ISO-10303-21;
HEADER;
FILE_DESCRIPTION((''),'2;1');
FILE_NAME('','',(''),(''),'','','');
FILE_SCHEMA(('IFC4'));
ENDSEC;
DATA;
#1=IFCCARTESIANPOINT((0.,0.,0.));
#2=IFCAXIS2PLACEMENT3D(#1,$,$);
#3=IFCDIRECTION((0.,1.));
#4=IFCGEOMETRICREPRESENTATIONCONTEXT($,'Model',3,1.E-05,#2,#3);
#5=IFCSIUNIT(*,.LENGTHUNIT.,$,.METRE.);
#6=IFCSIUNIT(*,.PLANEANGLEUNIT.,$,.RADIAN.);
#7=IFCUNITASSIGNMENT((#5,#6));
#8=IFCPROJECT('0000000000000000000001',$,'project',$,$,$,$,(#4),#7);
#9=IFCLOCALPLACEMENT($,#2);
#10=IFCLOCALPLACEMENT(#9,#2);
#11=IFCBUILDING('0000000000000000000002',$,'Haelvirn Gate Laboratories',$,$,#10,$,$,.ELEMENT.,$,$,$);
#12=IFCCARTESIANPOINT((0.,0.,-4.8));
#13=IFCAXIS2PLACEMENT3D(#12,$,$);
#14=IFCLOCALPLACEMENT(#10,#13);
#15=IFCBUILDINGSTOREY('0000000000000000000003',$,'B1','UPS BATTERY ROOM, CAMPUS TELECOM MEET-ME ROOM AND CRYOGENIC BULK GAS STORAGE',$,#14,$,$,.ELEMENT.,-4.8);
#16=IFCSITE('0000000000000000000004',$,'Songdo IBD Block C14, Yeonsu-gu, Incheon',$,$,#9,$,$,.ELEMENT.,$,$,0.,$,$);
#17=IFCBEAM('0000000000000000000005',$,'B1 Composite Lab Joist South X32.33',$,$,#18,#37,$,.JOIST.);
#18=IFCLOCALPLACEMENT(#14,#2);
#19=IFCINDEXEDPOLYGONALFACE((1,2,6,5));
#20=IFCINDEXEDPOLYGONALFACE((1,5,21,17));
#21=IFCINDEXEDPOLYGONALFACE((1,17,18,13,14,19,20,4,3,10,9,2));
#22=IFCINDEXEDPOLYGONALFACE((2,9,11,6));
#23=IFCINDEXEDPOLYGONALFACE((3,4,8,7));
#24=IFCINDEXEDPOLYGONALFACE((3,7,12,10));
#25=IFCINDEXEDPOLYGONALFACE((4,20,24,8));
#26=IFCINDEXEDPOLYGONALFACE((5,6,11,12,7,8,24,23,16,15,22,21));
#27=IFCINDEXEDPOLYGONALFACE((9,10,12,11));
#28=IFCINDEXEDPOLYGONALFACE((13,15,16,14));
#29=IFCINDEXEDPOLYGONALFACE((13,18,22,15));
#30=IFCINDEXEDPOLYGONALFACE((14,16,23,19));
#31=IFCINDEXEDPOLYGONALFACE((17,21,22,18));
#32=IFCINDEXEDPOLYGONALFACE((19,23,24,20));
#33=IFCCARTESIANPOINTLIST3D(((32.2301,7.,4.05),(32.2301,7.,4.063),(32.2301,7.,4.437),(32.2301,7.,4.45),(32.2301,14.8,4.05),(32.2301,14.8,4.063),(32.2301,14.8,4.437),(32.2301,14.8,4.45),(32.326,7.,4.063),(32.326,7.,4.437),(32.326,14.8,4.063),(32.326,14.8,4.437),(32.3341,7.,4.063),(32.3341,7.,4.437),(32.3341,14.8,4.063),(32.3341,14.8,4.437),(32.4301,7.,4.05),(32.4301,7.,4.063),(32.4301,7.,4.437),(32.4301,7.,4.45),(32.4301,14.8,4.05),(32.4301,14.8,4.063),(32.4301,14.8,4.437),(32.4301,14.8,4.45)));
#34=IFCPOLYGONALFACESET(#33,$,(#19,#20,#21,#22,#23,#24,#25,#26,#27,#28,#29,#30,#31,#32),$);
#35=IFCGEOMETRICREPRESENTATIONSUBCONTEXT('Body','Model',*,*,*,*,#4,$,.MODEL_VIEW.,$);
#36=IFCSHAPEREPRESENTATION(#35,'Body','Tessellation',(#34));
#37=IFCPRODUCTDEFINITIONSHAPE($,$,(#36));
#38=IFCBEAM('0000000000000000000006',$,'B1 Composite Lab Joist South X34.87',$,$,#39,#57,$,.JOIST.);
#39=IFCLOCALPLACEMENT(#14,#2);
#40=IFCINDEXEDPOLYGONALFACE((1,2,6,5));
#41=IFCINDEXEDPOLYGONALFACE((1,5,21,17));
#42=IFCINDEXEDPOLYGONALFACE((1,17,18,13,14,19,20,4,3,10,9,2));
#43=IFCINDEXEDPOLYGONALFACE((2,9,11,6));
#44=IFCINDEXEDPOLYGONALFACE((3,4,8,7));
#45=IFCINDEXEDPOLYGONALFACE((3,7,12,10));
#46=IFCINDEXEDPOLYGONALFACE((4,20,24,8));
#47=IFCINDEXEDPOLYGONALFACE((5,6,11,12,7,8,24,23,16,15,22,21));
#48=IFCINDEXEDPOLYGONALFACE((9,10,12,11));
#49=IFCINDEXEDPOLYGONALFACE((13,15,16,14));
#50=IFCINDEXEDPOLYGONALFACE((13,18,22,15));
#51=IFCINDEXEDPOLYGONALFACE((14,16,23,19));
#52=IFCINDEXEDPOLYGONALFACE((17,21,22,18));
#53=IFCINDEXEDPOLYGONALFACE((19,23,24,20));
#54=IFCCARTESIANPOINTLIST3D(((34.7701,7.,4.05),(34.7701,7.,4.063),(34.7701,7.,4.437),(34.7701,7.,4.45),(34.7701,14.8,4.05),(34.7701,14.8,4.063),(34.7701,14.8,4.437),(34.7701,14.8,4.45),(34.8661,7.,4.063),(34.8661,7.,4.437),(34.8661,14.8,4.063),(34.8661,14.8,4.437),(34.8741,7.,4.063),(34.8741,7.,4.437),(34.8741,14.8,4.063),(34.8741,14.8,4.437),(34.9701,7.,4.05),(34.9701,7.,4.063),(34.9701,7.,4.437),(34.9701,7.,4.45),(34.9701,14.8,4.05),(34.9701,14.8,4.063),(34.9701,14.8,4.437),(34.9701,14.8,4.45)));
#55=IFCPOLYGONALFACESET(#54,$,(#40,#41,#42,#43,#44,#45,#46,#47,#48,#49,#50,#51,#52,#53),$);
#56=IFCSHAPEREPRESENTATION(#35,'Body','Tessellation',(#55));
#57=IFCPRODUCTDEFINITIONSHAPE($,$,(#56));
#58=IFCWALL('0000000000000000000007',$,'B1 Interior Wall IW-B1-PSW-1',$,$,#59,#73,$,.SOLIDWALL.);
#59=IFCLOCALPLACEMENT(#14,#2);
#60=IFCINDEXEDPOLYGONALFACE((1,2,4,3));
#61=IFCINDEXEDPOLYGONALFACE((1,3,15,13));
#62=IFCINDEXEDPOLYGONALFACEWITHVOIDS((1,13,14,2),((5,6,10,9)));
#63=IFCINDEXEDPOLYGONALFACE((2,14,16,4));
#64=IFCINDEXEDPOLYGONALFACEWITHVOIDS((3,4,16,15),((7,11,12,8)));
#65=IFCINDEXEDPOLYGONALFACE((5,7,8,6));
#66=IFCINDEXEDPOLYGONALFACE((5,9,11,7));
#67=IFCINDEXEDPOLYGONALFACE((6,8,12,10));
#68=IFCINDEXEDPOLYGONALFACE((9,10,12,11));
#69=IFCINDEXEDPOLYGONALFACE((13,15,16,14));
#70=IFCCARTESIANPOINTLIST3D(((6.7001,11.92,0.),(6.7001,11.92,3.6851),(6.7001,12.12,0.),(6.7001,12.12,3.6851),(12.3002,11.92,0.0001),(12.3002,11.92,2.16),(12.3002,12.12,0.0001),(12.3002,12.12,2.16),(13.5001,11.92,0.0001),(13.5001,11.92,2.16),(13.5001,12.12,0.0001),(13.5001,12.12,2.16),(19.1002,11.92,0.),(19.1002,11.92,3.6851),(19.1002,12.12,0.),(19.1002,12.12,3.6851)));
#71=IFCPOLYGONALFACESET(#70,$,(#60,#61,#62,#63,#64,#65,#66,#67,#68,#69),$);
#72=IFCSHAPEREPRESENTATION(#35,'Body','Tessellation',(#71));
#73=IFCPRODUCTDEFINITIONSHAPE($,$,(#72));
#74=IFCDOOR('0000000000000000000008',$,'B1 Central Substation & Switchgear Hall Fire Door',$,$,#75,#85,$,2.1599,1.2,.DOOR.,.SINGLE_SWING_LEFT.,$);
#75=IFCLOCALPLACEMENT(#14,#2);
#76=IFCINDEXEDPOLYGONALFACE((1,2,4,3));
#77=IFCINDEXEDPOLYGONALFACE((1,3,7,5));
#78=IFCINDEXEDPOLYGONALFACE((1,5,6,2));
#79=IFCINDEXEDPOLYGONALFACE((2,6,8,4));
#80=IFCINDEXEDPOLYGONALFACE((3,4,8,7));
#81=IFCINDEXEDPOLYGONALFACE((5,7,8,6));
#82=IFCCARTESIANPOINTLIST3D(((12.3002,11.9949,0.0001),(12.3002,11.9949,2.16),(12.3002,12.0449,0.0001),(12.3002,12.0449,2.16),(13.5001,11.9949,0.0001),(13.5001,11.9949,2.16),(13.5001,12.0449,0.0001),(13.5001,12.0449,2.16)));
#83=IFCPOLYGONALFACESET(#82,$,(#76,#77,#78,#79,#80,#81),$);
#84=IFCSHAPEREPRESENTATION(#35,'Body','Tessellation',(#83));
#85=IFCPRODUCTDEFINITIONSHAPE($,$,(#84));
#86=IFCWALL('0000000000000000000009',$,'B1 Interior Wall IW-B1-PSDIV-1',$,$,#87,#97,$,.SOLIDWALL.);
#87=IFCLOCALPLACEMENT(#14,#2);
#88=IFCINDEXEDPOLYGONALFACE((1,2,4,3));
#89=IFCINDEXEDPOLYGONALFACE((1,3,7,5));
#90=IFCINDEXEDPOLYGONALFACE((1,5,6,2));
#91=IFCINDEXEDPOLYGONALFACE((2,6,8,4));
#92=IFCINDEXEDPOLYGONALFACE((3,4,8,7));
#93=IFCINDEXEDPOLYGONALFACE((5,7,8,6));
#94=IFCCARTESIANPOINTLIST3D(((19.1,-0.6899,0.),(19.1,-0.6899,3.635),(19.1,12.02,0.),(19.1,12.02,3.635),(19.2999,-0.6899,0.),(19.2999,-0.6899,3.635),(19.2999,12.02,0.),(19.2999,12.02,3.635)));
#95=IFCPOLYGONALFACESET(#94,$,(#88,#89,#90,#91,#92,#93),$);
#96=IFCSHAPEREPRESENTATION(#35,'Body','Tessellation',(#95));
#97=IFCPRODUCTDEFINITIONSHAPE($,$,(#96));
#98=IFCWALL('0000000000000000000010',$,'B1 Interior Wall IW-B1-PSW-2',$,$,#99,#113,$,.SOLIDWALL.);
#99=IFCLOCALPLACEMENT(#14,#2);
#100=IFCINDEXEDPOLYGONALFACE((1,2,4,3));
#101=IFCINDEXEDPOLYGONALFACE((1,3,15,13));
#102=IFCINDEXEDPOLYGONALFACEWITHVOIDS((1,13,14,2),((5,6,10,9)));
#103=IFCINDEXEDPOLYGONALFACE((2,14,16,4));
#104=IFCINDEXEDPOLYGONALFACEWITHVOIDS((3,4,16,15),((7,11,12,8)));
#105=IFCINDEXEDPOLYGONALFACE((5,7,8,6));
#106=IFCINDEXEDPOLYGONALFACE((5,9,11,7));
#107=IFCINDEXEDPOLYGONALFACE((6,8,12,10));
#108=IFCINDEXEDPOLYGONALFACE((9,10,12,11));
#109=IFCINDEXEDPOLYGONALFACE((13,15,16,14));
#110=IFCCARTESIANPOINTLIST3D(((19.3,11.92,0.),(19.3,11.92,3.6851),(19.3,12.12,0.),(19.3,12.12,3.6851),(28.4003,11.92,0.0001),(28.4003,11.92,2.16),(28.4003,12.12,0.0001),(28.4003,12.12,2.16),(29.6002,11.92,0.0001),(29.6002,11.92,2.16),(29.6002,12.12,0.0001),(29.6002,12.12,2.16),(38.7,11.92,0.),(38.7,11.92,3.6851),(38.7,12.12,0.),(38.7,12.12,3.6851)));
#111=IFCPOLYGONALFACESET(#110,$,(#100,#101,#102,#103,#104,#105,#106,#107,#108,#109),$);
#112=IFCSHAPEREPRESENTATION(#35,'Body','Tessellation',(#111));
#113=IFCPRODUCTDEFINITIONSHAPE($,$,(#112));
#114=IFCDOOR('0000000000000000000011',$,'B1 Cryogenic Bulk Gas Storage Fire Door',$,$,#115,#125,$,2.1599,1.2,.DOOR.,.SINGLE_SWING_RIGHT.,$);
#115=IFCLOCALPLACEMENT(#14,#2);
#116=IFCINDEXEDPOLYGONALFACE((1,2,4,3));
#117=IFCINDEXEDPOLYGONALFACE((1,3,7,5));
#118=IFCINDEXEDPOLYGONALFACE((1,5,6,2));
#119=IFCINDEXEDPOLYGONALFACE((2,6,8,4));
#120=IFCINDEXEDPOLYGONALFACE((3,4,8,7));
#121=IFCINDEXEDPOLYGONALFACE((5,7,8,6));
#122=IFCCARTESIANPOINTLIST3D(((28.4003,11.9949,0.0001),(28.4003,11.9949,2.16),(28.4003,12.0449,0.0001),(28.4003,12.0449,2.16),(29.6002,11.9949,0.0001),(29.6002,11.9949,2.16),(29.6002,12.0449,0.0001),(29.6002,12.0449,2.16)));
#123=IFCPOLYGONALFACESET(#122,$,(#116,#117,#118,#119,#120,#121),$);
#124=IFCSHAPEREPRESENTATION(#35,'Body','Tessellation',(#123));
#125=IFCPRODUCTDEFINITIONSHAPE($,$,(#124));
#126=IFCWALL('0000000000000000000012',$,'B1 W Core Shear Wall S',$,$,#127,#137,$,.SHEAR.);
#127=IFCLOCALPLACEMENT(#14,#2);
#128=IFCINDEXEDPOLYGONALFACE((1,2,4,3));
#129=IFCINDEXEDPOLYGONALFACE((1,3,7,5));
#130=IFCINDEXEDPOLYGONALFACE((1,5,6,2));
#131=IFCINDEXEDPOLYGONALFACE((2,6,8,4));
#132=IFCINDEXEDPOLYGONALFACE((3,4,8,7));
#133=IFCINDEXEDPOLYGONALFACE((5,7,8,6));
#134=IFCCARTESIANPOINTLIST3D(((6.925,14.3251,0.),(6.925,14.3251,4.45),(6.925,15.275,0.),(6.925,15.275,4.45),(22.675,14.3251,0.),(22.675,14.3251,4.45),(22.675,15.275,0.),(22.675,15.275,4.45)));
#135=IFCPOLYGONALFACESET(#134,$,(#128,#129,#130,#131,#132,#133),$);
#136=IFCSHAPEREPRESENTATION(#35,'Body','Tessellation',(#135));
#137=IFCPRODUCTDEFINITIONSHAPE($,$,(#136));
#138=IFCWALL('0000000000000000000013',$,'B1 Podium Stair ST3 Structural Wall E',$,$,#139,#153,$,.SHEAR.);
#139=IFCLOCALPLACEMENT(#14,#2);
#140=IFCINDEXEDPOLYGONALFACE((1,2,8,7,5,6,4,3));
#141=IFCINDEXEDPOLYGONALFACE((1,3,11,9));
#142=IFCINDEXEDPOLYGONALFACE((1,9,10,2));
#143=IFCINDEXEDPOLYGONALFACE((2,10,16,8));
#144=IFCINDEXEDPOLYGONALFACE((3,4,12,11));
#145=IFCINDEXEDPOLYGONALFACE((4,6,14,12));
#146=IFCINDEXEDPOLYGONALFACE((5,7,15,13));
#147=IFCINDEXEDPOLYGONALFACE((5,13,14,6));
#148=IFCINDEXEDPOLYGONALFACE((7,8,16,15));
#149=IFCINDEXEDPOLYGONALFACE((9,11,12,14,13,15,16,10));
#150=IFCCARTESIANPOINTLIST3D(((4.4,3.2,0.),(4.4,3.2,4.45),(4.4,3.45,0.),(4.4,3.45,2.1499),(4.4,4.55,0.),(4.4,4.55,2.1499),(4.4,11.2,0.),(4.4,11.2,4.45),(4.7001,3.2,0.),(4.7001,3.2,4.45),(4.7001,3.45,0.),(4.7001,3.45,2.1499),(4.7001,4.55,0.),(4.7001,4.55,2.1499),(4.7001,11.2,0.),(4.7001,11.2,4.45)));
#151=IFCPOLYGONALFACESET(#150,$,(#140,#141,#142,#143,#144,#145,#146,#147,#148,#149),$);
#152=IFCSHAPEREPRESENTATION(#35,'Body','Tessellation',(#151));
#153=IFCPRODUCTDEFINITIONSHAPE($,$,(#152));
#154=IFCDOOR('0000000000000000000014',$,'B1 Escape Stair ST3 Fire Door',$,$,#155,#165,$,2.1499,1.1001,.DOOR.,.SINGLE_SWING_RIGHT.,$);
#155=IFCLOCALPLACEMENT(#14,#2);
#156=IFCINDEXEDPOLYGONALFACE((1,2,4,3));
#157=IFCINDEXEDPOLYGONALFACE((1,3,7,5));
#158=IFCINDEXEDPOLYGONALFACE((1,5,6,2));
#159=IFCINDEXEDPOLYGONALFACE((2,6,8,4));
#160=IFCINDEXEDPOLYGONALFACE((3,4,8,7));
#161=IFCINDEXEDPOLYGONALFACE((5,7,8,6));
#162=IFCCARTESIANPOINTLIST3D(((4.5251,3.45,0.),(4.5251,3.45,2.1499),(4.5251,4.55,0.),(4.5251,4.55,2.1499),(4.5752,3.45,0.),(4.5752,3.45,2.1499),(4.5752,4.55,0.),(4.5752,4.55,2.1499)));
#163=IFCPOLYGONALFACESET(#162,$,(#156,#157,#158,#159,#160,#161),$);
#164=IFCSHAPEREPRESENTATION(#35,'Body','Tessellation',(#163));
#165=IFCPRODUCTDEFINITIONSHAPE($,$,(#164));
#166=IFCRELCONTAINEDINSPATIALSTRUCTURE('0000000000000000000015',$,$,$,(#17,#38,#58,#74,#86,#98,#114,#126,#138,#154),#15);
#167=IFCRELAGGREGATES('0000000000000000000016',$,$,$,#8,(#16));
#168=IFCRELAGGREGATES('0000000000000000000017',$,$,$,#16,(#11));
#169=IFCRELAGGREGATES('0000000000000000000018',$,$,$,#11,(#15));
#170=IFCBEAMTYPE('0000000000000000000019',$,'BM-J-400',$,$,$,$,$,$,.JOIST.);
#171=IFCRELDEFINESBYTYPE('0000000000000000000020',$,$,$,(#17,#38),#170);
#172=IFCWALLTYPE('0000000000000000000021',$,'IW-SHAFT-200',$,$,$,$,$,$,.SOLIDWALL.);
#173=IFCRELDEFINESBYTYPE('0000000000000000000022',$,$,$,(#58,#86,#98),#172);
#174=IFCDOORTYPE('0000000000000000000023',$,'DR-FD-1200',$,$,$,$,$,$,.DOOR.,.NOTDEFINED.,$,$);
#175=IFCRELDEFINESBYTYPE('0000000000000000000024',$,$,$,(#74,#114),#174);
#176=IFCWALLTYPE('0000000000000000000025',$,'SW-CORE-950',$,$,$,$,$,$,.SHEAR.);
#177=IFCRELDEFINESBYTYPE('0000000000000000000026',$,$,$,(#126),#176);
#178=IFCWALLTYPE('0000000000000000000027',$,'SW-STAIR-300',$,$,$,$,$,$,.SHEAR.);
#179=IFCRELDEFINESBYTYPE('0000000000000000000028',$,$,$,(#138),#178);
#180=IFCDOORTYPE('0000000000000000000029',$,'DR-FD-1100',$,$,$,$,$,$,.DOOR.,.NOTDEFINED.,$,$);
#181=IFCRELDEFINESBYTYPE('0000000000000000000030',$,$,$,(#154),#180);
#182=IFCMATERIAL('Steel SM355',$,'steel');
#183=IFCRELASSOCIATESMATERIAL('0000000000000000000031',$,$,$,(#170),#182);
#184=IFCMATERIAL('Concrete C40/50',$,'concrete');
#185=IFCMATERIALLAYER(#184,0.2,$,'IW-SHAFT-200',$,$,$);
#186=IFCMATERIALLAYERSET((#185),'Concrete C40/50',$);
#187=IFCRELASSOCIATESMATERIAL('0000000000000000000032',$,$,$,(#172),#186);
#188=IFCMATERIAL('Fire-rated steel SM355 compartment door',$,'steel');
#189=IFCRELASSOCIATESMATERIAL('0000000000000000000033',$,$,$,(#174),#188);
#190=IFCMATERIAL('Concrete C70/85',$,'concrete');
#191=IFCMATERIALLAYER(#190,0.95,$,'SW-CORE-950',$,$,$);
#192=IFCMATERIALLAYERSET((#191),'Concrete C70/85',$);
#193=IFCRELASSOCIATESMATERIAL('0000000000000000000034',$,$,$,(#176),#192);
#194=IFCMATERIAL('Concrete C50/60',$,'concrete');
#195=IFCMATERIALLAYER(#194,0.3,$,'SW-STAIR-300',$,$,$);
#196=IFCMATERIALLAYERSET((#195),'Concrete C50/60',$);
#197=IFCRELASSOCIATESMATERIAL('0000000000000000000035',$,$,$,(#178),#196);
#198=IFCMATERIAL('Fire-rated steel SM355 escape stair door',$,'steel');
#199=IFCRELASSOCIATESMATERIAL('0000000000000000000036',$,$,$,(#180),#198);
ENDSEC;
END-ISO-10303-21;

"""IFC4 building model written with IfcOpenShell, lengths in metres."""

from ifc_helpers import new_model, si_unit, direction, frame, frame_2d, origin, origin_2d, place, context, subcontext, project, spatial, rectangle, i_section, extrude, source, transform, mapped, material, layer, layer_set, material_profile, profile_set, type_object, type_shapes, element, fill, save


model = new_model("IFC4")

# Units and contexts
model_context = context("Model", 3, precision=1e-05, world=origin(), true_north=direction((0.0, 1.0)))
body_context = subcontext(model_context, "Body", "Model", "MODEL_VIEW")
ifc_project = project(units=[si_unit("LENGTHUNIT", "METRE"), si_unit("PLANEANGLEUNIT", "RADIAN")], contexts=[model_context])

# Site, building, storey
site_placement = place(None, origin())
site = spatial("IfcSite", under=ifc_project, at=site_placement, Name="Songdo IBD Block C14, Yeonsu-gu, Incheon", CompositionType="ELEMENT", RefElevation=0.0)
building_placement = place(site_placement, origin())
building = spatial("IfcBuilding", under=site, at=building_placement, Name="Haelvirn Gate Laboratories", CompositionType="ELEMENT")
storey_placement = place(building_placement, frame((0.0, 0.0, -4.8)))
storey = spatial("IfcBuildingStorey", under=building, at=storey_placement, Name="B1", Description="UPS BATTERY ROOM, CAMPUS TELECOM MEET-ME ROOM AND CRYOGENIC BULK GAS STORAGE", CompositionType="ELEMENT", Elevation=-4.8)

# Shared definitions
ifc_material_1 = material(Name="Concrete C70/85", Category="concrete")

# Beams
ifc_material_2 = material(Name="Steel SM355", Category="steel")
ifc_material_profile_1 = material_profile(ifc_material_2, i_section(OverallWidth=0.2, OverallDepth=0.3999, WebThickness=0.0081, FlangeThickness=0.0129, at=origin_2d()), Name="H-400x200x8x13")
ifc_profile_set_1 = profile_set([ifc_material_profile_1], Name="Steel SM355")
beam_type_1 = type_object("IfcBeamType", Name="BM-J-400", PredefinedType="JOIST", material=ifc_profile_set_1)
shared_shape_1 = source(origin(), body_context, "Body", "SweptSolid", [
    extrude(i_section(OverallWidth=0.2, OverallDepth=0.3999, WebThickness=0.0081, FlangeThickness=0.0129, at=origin_2d()), origin(), (0.0, 0.0, 1.0), 7.8),
])
type_shapes(beam_type_1, [shared_shape_1])
for number, where, z_axis, x_axis, name in (
    (1, (32.3301, 7.0, 4.25), (0.0, 1.0, 0.0), (-1.0, 0.0, 0.0), "B1 Composite Lab Joist South X32.33"),
    (2, (34.8701, 7.0, 4.25), (0.0, 1.0, 0.0), (-1.0, 0.0, 0.0), "B1 Composite Lab Joist South X34.87"),
):
    element("IfcBeam", number, at=place(storey_placement, frame(where, z_axis=z_axis, x_axis=x_axis)), inside=storey, type_object=beam_type_1, Name=name, PredefinedType="JOIST", context=body_context, shape_type="MappedRepresentation", body=[
        mapped(shared_shape_1, transform((0.0, 0.0, 0.0), scale=1.0)),
    ])

# Wall, opening, door
ifc_material_3 = material(Name="Concrete C40/50", Category="concrete")
ifc_layer_1 = layer(ifc_material_3, 0.2, Name="IW-SHAFT-200")
ifc_layer_set_1 = layer_set([ifc_layer_1], Name="Concrete C40/50")
wall_type_1 = type_object("IfcWallType", Name="IW-SHAFT-200", PredefinedType="SOLIDWALL", material=ifc_layer_set_1)
wall_1_placement = place(storey_placement, frame((6.7, 12.02, 0.0), z_axis=(0.0, 0.0, 1.0), x_axis=(1.0, 0.0, 0.0)))
wall_1 = element("IfcWall", 3, at=wall_1_placement, inside=storey, type_object=wall_type_1, Name="B1 Interior Wall IW-B1-PSW-1", PredefinedType="SOLIDWALL", context=body_context, shape_type="SweptSolid", body=[
    extrude(rectangle(XDim=12.4001, YDim=0.2, at=frame_2d((6.2002, 0.0))), origin(), (0.0, 0.0, 1.0), 3.6851),
])
opening_1_placement = place(wall_1_placement, frame((5.6001, 0.0, 0.0)))
opening_1 = element("IfcOpeningElement", 4, at=opening_1_placement, cuts=wall_1, PredefinedType="OPENING", context=body_context, shape_type="SweptSolid", body=[
    extrude(rectangle(XDim=1.2, YDim=2.1599, at=frame_2d((0.6001, 1.0801))), frame((0.0, 0.1099, 0.0), z_axis=(0.0, -1.0, 0.0), x_axis=(1.0, 0.0, 0.0)), (0.0, 0.0, 1.0), 0.22),
])
ifc_material_4 = material(Name="Fire-rated steel SM355 compartment door", Category="steel")
door_type_1 = type_object("IfcDoorType", Name="DR-FD-1200", OperationType="NOTDEFINED", PredefinedType="DOOR", material=ifc_material_4)
shared_shape_2 = source(origin(), body_context, "Body", "SweptSolid", [
    extrude(rectangle(XDim=1.2, YDim=2.1599, at=frame_2d((0.6001, 1.0801))), frame((0.0, 0.0249, 0.0), z_axis=(0.0, -1.0, 0.0), x_axis=(1.0, 0.0, 0.0)), (0.0, 0.0, 1.0), 0.05),
])
type_shapes(door_type_1, [shared_shape_2])
door_1_placement = place(opening_1_placement, origin())
door_1 = element("IfcDoor", 5, at=door_1_placement, inside=storey, type_object=door_type_1, Name="B1 Central Substation & Switchgear Hall Fire Door", OperationType="SINGLE_SWING_LEFT", OverallHeight=2.1599, OverallWidth=1.2, PredefinedType="DOOR", context=body_context, shape_type="MappedRepresentation", body=[
    mapped(shared_shape_2, transform((0.0, 0.0, 0.0), scale=1.0)),
])
fill(opening_1, door_1)

# Wall
wall_2_placement = place(storey_placement, frame((19.2, -0.6899, 0.0), z_axis=(0.0, 0.0, 1.0), x_axis=(0.0, 1.0, 0.0)))
element("IfcWall", 6, at=wall_2_placement, inside=storey, type_object=wall_type_1, Name="B1 Interior Wall IW-B1-PSDIV-1", PredefinedType="SOLIDWALL", context=body_context, shape_type="SweptSolid", body=[
    extrude(rectangle(XDim=12.71, YDim=0.2, at=frame_2d((6.355, 0.0))), origin(), (0.0, 0.0, 1.0), 3.635),
])

# Wall, opening, door
wall_3_placement = place(storey_placement, frame((19.3, 12.02, 0.0), z_axis=(0.0, 0.0, 1.0), x_axis=(1.0, 0.0, 0.0)))
wall_3 = element("IfcWall", 7, at=wall_3_placement, inside=storey, type_object=wall_type_1, Name="B1 Interior Wall IW-B1-PSW-2", PredefinedType="SOLIDWALL", context=body_context, shape_type="SweptSolid", body=[
    extrude(rectangle(XDim=19.3999, YDim=0.2, at=frame_2d((9.7, 0.0))), origin(), (0.0, 0.0, 1.0), 3.6851),
])
opening_2_placement = place(wall_3_placement, frame((9.1001, 0.0, 0.0)))
opening_2 = element("IfcOpeningElement", 8, at=opening_2_placement, cuts=wall_3, PredefinedType="OPENING", context=body_context, shape_type="SweptSolid", body=[
    extrude(rectangle(XDim=1.2, YDim=2.1599, at=frame_2d((0.6001, 1.0801))), frame((0.0, 0.1099, 0.0), z_axis=(0.0, -1.0, 0.0), x_axis=(1.0, 0.0, 0.0)), (0.0, 0.0, 1.0), 0.22),
])
door_2_placement = place(opening_2_placement, origin())
door_2 = element("IfcDoor", 9, at=door_2_placement, inside=storey, type_object=door_type_1, Name="B1 Cryogenic Bulk Gas Storage Fire Door", OperationType="SINGLE_SWING_RIGHT", OverallHeight=2.1599, OverallWidth=1.2, PredefinedType="DOOR", context=body_context, shape_type="MappedRepresentation", body=[
    mapped(shared_shape_2, transform((0.0, 0.0, 0.0), scale=1.0)),
])
fill(opening_2, door_2)

# Wall
ifc_layer_2 = layer(ifc_material_1, 0.95, Name="SW-CORE-950")
ifc_layer_set_2 = layer_set([ifc_layer_2], Name="Concrete C70/85")
wall_type_2 = type_object("IfcWallType", Name="SW-CORE-950", PredefinedType="SHEAR", material=ifc_layer_set_2)
wall_4_placement = place(storey_placement, frame((6.925, 14.8, 0.0), z_axis=(0.0, 0.0, 1.0), x_axis=(1.0, 0.0, 0.0)))
element("IfcWall", 10, at=wall_4_placement, inside=storey, type_object=wall_type_2, Name="B1 W Core Shear Wall S", PredefinedType="SHEAR", context=body_context, shape_type="SweptSolid", body=[
    extrude(rectangle(XDim=15.75, YDim=0.95, at=frame_2d((7.875, 0.0))), origin(), (0.0, 0.0, 1.0), 4.45),
])

# Wall, opening, door
ifc_material_5 = material(Name="Concrete C50/60", Category="concrete")
ifc_layer_3 = layer(ifc_material_5, 0.3, Name="SW-STAIR-300")
ifc_layer_set_3 = layer_set([ifc_layer_3], Name="Concrete C50/60")
wall_type_3 = type_object("IfcWallType", Name="SW-STAIR-300", PredefinedType="SHEAR", material=ifc_layer_set_3)
wall_5_placement = place(storey_placement, frame((4.55, 3.2, 0.0), z_axis=(0.0, 0.0, 1.0), x_axis=(0.0, 1.0, 0.0)))
wall_5 = element("IfcWall", 11, at=wall_5_placement, inside=storey, type_object=wall_type_3, Name="B1 Podium Stair ST3 Structural Wall E", PredefinedType="SHEAR", context=body_context, shape_type="SweptSolid", body=[
    extrude(rectangle(XDim=8.0, YDim=0.3, at=frame_2d((4.0, 0.0))), origin(), (0.0, 0.0, 1.0), 4.45),
])
opening_3_placement = place(wall_5_placement, frame((0.25, 0.0, 0.0)))
opening_3 = element("IfcOpeningElement", 12, at=opening_3_placement, cuts=wall_5, PredefinedType="OPENING", context=body_context, shape_type="SweptSolid", body=[
    extrude(rectangle(XDim=1.1001, YDim=2.1499, at=frame_2d((0.55, 1.075))), frame((0.0, 0.1602, 0.0), z_axis=(0.0, -1.0, 0.0), x_axis=(1.0, 0.0, 0.0)), (0.0, 0.0, 1.0), 0.3201),
])
ifc_material_6 = material(Name="Fire-rated steel SM355 escape stair door", Category="steel")
door_type_2 = type_object("IfcDoorType", Name="DR-FD-1100", OperationType="NOTDEFINED", PredefinedType="DOOR", material=ifc_material_6)
shared_shape_3 = source(origin(), body_context, "Body", "SweptSolid", [
    extrude(rectangle(XDim=1.1001, YDim=2.1499, at=frame_2d((0.55, 1.075))), frame((0.0, 0.0249, 0.0), z_axis=(0.0, -1.0, 0.0), x_axis=(1.0, 0.0, 0.0)), (0.0, 0.0, 1.0), 0.05),
])
type_shapes(door_type_2, [shared_shape_3])
door_3_placement = place(opening_3_placement, origin())
door_3 = element("IfcDoor", 13, at=door_3_placement, inside=storey, type_object=door_type_2, Name="B1 Escape Stair ST3 Fire Door", OperationType="SINGLE_SWING_RIGHT", OverallHeight=2.1499, OverallWidth=1.1001, PredefinedType="DOOR", context=body_context, shape_type="MappedRepresentation", body=[
    mapped(shared_shape_3, transform((0.0, 0.0, 0.0), scale=1.0)),
])
fill(opening_3, door_3)

save(model, "model.ifc")
